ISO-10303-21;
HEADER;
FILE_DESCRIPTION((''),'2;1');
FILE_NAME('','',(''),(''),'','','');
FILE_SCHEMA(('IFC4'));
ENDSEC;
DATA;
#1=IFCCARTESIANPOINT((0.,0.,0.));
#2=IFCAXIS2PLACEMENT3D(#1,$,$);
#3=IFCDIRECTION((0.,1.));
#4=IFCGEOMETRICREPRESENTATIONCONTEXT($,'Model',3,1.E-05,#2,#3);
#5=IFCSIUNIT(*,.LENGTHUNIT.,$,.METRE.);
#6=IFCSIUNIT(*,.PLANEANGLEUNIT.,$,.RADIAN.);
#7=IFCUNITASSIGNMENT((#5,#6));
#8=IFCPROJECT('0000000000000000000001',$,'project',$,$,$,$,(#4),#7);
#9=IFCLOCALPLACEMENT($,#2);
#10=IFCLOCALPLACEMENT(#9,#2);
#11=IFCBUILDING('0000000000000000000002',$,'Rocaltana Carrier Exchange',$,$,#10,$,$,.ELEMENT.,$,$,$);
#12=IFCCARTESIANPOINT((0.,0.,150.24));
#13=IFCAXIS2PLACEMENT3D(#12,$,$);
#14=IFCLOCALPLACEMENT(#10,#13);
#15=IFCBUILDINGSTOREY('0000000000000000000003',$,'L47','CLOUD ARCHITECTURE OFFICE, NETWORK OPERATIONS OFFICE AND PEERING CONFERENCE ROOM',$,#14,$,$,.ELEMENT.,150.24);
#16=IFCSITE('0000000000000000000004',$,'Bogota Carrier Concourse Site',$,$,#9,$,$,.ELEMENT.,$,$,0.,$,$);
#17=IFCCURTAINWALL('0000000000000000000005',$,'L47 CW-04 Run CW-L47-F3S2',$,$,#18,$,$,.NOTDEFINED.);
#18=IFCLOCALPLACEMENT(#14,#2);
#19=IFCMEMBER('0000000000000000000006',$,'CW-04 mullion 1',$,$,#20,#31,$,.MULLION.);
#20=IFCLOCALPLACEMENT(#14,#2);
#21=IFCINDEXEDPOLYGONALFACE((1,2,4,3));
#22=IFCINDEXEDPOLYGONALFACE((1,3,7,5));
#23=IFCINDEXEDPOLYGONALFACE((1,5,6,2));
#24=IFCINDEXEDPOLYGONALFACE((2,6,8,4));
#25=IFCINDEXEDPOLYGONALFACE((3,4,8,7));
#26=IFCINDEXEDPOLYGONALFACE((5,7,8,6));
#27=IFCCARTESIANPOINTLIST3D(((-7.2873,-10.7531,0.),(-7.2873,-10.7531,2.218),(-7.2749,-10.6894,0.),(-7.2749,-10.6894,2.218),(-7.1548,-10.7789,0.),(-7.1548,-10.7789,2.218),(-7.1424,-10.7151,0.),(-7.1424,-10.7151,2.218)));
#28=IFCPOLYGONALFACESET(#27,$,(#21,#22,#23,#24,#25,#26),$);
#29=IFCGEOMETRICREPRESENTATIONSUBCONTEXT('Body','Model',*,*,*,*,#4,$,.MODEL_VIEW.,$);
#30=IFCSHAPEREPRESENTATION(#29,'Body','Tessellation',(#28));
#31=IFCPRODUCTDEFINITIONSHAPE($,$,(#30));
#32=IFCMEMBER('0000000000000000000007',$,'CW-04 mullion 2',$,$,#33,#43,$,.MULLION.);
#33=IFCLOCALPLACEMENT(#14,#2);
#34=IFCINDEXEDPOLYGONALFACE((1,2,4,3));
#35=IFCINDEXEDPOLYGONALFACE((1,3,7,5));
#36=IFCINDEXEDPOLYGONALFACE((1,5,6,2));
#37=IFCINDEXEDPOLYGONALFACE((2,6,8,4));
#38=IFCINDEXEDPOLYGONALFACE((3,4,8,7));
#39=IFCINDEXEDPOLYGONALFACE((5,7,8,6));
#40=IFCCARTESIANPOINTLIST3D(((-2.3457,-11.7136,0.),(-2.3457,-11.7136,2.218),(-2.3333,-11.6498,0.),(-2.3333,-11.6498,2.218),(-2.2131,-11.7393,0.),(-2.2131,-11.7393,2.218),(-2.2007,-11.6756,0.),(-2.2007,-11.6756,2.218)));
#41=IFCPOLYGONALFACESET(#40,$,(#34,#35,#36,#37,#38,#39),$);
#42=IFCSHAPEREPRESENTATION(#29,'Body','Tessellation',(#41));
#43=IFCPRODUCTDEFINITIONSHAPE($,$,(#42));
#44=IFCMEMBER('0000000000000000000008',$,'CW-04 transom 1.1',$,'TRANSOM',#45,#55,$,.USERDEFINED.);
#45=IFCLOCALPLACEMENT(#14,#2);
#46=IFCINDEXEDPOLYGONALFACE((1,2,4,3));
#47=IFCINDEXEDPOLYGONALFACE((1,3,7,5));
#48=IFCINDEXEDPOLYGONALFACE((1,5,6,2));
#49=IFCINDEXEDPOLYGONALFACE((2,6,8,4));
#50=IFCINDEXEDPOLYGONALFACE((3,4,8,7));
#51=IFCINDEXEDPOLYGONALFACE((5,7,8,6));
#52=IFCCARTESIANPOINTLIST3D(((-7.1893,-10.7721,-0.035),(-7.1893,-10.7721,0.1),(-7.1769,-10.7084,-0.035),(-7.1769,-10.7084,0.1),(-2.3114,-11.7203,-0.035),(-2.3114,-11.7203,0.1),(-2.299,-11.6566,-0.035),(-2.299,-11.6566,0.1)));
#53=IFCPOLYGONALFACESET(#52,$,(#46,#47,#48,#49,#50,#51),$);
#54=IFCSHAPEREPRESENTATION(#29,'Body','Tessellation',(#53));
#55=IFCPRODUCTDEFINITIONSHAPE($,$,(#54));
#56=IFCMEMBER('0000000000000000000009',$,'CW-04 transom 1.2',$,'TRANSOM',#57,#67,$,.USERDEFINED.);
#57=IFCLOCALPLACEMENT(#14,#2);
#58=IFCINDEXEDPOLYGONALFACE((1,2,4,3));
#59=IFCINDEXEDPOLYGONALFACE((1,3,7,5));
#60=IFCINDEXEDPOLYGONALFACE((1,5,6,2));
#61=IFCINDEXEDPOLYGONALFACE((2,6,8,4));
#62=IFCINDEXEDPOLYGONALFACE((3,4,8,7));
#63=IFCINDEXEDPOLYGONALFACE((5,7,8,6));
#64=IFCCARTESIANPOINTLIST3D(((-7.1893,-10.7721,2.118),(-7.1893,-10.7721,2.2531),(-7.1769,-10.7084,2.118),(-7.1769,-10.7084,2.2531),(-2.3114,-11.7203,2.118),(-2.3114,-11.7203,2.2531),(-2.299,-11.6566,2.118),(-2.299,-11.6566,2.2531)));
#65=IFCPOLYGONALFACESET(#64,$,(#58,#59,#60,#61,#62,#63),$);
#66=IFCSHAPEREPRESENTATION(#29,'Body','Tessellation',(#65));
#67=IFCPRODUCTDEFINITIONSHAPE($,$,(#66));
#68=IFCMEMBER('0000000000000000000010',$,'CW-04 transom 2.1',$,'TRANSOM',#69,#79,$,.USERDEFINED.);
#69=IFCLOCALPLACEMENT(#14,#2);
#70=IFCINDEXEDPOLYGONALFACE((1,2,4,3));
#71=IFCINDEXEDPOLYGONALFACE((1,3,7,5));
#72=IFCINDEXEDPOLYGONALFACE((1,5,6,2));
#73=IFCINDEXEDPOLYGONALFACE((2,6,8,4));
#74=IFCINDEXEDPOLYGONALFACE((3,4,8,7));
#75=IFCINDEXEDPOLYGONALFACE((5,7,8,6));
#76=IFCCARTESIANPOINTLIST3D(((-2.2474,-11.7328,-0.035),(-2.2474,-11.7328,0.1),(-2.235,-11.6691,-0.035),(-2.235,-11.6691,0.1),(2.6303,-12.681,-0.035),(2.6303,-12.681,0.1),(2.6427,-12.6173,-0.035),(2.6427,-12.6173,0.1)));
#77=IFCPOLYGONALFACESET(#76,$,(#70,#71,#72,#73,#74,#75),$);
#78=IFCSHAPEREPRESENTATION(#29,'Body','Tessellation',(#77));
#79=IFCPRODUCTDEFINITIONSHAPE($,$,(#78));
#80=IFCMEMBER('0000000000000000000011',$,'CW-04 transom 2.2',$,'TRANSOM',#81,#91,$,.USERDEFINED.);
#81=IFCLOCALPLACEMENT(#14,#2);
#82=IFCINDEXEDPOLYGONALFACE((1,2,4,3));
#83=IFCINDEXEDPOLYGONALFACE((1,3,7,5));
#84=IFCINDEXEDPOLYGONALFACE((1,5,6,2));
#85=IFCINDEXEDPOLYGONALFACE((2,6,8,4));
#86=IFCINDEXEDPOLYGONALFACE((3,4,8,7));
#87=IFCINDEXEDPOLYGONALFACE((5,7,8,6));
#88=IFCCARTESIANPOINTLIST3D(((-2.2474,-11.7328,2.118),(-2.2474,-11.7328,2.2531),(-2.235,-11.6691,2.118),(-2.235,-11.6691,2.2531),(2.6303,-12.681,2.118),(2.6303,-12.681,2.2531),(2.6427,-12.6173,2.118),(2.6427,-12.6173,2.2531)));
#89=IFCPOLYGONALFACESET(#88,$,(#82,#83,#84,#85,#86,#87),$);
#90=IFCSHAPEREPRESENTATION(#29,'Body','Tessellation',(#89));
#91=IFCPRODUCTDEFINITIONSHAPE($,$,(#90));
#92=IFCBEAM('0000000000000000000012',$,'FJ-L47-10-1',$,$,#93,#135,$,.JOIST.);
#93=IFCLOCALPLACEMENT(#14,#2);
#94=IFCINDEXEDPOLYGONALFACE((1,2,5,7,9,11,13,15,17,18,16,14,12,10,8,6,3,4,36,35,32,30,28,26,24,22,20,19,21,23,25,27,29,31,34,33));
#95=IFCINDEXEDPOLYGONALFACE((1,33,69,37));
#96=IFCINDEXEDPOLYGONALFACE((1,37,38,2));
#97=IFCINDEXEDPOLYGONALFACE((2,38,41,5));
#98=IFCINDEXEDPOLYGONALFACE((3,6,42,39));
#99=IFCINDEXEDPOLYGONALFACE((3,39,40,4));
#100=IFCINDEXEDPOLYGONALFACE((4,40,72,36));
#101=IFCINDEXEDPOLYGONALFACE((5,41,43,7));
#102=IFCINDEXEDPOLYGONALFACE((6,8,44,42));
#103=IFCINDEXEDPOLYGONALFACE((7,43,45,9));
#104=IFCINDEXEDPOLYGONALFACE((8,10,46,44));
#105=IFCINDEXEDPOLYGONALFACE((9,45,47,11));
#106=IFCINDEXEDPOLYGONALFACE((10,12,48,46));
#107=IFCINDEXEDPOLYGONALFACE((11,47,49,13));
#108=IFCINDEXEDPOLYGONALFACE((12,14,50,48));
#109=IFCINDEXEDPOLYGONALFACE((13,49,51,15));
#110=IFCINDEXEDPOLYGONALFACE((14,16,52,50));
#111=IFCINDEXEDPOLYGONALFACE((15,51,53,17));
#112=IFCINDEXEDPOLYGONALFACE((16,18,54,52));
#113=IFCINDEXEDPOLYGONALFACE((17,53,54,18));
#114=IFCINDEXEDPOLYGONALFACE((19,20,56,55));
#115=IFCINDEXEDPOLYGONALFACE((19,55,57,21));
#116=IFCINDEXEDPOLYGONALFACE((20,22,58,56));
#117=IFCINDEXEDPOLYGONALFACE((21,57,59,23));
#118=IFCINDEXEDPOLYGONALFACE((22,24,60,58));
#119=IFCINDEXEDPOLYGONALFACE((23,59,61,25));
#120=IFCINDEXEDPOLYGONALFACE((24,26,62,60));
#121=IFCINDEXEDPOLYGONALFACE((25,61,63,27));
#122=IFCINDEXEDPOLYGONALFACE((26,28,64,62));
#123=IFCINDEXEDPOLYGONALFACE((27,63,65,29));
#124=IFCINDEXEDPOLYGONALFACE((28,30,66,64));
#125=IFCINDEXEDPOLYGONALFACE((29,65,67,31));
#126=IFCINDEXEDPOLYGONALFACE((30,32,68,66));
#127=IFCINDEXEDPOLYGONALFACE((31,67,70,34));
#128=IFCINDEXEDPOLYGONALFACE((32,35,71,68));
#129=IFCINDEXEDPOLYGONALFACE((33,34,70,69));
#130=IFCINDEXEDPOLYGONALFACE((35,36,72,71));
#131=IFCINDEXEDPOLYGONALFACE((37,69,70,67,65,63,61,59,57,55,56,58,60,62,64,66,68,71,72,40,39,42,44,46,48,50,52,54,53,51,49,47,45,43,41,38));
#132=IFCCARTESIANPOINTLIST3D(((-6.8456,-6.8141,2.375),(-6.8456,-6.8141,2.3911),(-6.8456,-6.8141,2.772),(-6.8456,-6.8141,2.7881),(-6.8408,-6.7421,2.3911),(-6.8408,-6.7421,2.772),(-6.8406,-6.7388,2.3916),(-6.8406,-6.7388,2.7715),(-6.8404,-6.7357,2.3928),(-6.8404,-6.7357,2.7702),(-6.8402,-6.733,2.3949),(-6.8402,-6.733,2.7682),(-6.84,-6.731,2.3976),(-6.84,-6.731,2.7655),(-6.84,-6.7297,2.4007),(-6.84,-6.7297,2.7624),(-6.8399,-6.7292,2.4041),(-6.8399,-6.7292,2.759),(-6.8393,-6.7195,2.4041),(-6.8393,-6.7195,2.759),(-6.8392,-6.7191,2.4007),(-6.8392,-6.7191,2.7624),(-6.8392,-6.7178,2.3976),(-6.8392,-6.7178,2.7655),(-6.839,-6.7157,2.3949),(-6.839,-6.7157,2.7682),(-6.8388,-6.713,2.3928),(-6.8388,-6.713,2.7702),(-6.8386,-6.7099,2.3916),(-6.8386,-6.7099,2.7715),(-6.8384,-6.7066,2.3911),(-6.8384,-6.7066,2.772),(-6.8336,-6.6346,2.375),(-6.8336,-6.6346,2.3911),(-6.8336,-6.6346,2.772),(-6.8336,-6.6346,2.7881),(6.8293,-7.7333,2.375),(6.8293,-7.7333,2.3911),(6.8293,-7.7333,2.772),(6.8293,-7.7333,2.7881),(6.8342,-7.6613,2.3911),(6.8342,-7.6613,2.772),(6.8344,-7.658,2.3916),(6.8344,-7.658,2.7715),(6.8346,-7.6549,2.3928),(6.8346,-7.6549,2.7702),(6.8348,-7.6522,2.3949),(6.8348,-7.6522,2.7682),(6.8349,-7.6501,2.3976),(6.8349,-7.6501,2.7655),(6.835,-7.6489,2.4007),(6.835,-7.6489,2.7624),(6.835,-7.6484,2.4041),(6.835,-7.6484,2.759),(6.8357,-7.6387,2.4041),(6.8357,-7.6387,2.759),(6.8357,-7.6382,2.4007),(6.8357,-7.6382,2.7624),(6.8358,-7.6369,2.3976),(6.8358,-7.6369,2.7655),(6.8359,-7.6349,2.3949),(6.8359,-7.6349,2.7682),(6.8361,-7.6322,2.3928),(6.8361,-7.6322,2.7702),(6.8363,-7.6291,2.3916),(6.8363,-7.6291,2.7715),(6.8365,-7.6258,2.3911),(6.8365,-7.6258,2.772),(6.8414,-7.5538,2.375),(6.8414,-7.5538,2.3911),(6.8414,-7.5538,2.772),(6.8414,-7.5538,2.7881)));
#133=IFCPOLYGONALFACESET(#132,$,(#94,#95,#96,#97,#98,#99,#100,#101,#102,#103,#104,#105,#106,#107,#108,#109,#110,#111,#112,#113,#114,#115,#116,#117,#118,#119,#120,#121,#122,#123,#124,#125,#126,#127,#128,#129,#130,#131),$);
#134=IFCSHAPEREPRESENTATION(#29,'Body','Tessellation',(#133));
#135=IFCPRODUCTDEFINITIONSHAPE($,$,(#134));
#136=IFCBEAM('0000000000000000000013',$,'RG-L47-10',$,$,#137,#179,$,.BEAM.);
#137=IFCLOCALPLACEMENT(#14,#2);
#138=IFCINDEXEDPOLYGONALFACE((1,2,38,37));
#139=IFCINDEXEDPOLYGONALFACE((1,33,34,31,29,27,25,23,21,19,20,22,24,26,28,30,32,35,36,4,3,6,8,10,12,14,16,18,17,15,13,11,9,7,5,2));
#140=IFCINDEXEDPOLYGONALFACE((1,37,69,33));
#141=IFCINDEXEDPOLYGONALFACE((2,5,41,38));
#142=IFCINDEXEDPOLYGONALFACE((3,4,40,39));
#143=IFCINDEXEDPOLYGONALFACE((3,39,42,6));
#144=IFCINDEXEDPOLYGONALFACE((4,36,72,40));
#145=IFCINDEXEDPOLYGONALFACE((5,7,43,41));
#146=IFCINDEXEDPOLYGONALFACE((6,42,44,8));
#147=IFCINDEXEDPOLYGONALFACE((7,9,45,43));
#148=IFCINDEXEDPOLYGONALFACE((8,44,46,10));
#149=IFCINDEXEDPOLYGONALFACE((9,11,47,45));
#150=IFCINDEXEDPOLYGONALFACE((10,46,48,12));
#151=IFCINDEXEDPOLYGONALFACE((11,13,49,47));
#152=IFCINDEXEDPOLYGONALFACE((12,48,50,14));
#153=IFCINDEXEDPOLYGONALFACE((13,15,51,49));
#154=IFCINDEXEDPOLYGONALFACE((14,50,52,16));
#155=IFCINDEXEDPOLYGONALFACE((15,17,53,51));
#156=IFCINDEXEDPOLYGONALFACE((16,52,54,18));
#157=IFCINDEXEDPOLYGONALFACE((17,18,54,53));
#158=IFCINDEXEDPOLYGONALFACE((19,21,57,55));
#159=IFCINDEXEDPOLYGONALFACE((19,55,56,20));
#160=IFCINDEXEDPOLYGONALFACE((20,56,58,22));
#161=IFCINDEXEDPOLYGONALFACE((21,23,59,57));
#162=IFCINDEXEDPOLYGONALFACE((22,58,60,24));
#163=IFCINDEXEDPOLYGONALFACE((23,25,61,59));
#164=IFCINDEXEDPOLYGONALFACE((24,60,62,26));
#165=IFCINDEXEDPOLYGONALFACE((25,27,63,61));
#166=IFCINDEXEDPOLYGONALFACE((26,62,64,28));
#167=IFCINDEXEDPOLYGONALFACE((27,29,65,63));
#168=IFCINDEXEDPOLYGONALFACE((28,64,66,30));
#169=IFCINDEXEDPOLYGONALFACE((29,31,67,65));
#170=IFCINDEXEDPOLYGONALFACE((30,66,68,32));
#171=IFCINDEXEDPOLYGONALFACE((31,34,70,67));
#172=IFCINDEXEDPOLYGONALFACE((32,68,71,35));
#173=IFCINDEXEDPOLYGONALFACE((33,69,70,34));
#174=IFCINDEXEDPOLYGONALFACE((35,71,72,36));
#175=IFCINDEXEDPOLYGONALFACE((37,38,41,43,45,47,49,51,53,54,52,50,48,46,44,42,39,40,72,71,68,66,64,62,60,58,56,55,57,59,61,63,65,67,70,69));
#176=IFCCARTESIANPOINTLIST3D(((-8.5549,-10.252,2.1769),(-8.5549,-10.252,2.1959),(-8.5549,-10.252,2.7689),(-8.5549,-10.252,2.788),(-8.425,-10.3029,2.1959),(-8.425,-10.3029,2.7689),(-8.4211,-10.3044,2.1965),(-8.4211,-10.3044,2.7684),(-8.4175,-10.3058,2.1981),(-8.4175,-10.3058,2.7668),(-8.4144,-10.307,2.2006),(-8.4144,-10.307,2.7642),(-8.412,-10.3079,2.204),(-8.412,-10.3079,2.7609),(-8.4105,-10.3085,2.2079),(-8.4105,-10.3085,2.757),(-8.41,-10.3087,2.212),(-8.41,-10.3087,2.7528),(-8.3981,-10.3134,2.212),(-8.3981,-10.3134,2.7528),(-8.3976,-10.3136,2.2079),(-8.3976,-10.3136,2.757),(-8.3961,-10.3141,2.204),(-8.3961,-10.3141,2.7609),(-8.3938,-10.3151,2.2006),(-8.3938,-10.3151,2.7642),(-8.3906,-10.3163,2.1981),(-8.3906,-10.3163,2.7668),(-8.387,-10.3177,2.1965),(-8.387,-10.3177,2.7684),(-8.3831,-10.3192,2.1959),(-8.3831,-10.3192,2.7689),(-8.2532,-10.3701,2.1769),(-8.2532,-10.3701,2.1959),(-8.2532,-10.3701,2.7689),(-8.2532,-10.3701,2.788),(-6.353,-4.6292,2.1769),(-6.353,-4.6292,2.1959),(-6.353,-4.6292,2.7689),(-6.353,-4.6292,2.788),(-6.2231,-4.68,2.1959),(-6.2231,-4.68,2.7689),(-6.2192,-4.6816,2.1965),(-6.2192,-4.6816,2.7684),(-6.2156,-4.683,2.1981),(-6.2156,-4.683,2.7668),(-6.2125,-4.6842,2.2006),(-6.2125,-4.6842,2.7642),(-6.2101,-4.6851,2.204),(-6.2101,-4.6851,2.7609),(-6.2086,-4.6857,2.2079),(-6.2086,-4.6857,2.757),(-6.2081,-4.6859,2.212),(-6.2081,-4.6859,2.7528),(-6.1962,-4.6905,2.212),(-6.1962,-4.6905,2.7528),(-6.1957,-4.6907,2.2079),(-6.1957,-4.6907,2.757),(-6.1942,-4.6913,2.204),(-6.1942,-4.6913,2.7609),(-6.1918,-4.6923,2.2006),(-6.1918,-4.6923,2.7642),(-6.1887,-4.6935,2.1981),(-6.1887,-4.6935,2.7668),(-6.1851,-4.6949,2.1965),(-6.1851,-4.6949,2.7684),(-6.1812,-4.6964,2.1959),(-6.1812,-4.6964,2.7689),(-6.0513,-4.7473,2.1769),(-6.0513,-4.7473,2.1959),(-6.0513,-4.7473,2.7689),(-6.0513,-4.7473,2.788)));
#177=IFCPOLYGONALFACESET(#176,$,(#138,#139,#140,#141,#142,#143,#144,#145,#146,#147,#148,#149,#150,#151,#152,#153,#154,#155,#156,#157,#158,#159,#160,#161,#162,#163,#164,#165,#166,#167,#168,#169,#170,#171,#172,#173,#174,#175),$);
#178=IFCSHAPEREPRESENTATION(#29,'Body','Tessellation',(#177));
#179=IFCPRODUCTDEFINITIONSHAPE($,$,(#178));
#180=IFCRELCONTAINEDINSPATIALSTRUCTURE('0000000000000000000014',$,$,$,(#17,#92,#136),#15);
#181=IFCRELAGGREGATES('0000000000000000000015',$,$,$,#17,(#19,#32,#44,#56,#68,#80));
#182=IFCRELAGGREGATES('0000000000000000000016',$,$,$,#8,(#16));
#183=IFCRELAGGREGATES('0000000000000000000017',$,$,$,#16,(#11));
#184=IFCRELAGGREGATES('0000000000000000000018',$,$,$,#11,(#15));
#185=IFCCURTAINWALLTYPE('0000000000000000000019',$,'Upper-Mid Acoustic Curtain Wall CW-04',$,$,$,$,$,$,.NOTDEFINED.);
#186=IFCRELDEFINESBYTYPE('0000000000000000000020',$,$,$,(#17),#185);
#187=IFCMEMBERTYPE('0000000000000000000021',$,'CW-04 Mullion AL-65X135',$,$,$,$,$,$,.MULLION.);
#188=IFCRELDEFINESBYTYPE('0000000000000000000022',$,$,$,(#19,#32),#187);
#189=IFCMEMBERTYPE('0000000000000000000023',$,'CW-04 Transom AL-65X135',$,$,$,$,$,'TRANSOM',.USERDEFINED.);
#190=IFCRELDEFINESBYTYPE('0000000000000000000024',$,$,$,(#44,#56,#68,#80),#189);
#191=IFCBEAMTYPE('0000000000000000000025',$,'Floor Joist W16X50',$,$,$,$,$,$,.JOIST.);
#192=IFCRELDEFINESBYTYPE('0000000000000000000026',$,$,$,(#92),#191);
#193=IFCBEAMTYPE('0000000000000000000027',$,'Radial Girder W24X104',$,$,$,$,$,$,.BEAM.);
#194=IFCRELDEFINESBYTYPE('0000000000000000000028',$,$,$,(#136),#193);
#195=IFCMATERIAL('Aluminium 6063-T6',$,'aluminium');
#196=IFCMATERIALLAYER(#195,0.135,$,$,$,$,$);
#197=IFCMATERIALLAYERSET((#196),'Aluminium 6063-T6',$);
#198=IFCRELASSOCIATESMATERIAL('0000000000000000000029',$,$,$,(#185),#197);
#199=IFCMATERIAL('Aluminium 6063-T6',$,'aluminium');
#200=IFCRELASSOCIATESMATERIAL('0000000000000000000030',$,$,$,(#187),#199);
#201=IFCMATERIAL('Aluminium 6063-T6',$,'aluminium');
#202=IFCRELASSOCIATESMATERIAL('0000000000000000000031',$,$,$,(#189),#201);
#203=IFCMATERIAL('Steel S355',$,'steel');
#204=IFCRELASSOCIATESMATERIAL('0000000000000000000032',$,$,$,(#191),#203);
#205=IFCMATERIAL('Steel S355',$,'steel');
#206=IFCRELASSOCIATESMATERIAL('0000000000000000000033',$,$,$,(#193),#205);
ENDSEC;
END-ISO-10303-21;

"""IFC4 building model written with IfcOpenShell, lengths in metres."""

from ifc_helpers import new_model, si_unit, direction, frame, origin, origin_2d, place, context, subcontext, project, spatial, rectangle, i_section, extrude, material, layer, layer_set, material_profile, profile_set, type_object, element, aggregate, save


model = new_model("IFC4")

# Units and contexts
model_context = context("Model", 3, precision=1e-05, world=origin(), true_north=direction((0.0, 1.0)))
body_context = subcontext(model_context, "Body", "Model", "MODEL_VIEW")
ifc_project = project(units=[si_unit("LENGTHUNIT", "METRE"), si_unit("PLANEANGLEUNIT", "RADIAN")], contexts=[model_context])

# Site, building, storey
site_placement = place(None, origin())
site = spatial("IfcSite", under=ifc_project, at=site_placement, Name="Bogota Carrier Concourse Site", CompositionType="ELEMENT", RefElevation=0.0)
building_placement = place(site_placement, origin())
building = spatial("IfcBuilding", under=site, at=building_placement, Name="Rocaltana Carrier Exchange", CompositionType="ELEMENT")
storey_placement = place(building_placement, frame((0.0, 0.0, 150.24)))
storey = spatial("IfcBuildingStorey", under=building, at=storey_placement, Name="L47", Description="CLOUD ARCHITECTURE OFFICE, NETWORK OPERATIONS OFFICE AND PEERING CONFERENCE ROOM", CompositionType="ELEMENT", Elevation=150.24)

# Curtain wall, members
ifc_material_1 = material(Name="Aluminium 6063-T6", Category="aluminium")
ifc_layer_1 = layer(ifc_material_1, 0.135)
ifc_layer_set_1 = layer_set([ifc_layer_1], Name="Aluminium 6063-T6")
curtain_wall_type = type_object("IfcCurtainWallType", Name="Upper-Mid Acoustic Curtain Wall CW-04", PredefinedType="NOTDEFINED", material=ifc_layer_set_1)
curtain_wall_placement = place(storey_placement, origin())
curtain_wall = element("IfcCurtainWall", 1, at=curtain_wall_placement, inside=storey, type_object=curtain_wall_type, Name="L47 CW-04 Run CW-L47-F3S2", PredefinedType="NOTDEFINED")
ifc_material_2 = material(Name="Aluminium 6063-T6", Category="aluminium")
ifc_material_profile_1 = material_profile(ifc_material_2, rectangle(XDim=0.0649, YDim=0.135, at=origin_2d()), Name="AL-65X135")
ifc_profile_set_1 = profile_set([ifc_material_profile_1], Name="Aluminium 6063-T6")
member_type_1 = type_object("IfcMemberType", Name="CW-04 Mullion AL-65X135", PredefinedType="MULLION", material=ifc_profile_set_1)
member_1_placement = place(storey_placement, frame((-7.2148, -10.7341, 0.0), z_axis=(0.0, 0.0, 1.0), x_axis=(0.190815, 0.981626, 0.0)))
member_1 = element("IfcMember", 2, at=member_1_placement, type_object=member_type_1, Name="CW-04 mullion 1", PredefinedType="MULLION", context=body_context, shape_type="SweptSolid", body=[
    extrude(rectangle(XDim=0.0649, YDim=0.135, at=origin_2d()), origin(), (0.0, 0.0, 1.0), 2.218),
])
member_2_placement = place(storey_placement, frame((-2.2732, -11.6946, 0.0), z_axis=(0.0, 0.0, 1.0), x_axis=(0.190815, 0.981626, 0.0)))
member_2 = element("IfcMember", 3, at=member_2_placement, type_object=member_type_1, Name="CW-04 mullion 2", PredefinedType="MULLION", context=body_context, shape_type="SweptSolid", body=[
    extrude(rectangle(XDim=0.0649, YDim=0.135, at=origin_2d()), origin(), (0.0, 0.0, 1.0), 2.218),
])
ifc_material_3 = material(Name="Aluminium 6063-T6", Category="aluminium")
ifc_material_profile_2 = material_profile(ifc_material_3, rectangle(XDim=0.0649, YDim=0.135, at=origin_2d()), Name="AL-65X135")
ifc_profile_set_2 = profile_set([ifc_material_profile_2], Name="Aluminium 6063-T6")
member_type_2 = type_object("IfcMemberType", Name="CW-04 Transom AL-65X135", ElementType="TRANSOM", PredefinedType="USERDEFINED", material=ifc_profile_set_2)
member_3_placement = place(storey_placement, frame((-7.1831, -10.7402, 0.0325), z_axis=(0.981625, -0.190822, 0.0), x_axis=(0.190822, 0.981625, 0.0)))
member_3 = element("IfcMember", 4, at=member_3_placement, type_object=member_type_2, Name="CW-04 transom 1.1", ObjectType="TRANSOM", PredefinedType="USERDEFINED", context=body_context, shape_type="SweptSolid", body=[
    extrude(rectangle(XDim=0.0649, YDim=0.135, at=origin_2d()), origin(), (0.0, 0.0, 1.0), 4.9692),
])
member_4_placement = place(storey_placement, frame((-7.1831, -10.7402, 2.1855), z_axis=(0.981625, -0.190822, 0.0), x_axis=(0.190822, 0.981625, 0.0)))
member_4 = element("IfcMember", 5, at=member_4_placement, type_object=member_type_2, Name="CW-04 transom 1.2", ObjectType="TRANSOM", PredefinedType="USERDEFINED", context=body_context, shape_type="SweptSolid", body=[
    extrude(rectangle(XDim=0.0649, YDim=0.135, at=origin_2d()), origin(), (0.0, 0.0, 1.0), 4.9692),
])
member_5_placement = place(storey_placement, frame((-2.2412, -11.7009, 0.0325), z_axis=(0.981623, -0.190832, 0.0), x_axis=(0.190832, 0.981623, 0.0)))
member_5 = element("IfcMember", 6, at=member_5_placement, type_object=member_type_2, Name="CW-04 transom 2.1", ObjectType="TRANSOM", PredefinedType="USERDEFINED", context=body_context, shape_type="SweptSolid", body=[
    extrude(rectangle(XDim=0.0649, YDim=0.135, at=origin_2d()), origin(), (0.0, 0.0, 1.0), 4.969),
])
member_6_placement = place(storey_placement, frame((-2.2412, -11.7009, 2.1855), z_axis=(0.981623, -0.190832, 0.0), x_axis=(0.190832, 0.981623, 0.0)))
member_6 = element("IfcMember", 7, at=member_6_placement, type_object=member_type_2, Name="CW-04 transom 2.2", ObjectType="TRANSOM", PredefinedType="USERDEFINED", context=body_context, shape_type="SweptSolid", body=[
    extrude(rectangle(XDim=0.0649, YDim=0.135, at=origin_2d()), origin(), (0.0, 0.0, 1.0), 4.969),
])

# Beams
ifc_material_4 = material(Name="Steel S355", Category="steel")
ifc_material_profile_3 = material_profile(ifc_material_4, i_section(OverallWidth=0.1799, OverallDepth=0.4131, WebThickness=0.0098, FlangeThickness=0.0161, FilletRadius=0.0129, at=origin_2d()), Name="W16X50")
ifc_profile_set_3 = profile_set([ifc_material_profile_3], Name="Steel S355")
beam_type_1 = type_object("IfcBeamType", Name="Floor Joist W16X50", PredefinedType="JOIST", material=ifc_profile_set_3)
beam_1_placement = place(storey_placement, frame((-6.8396, -6.7244, 2.5815), z_axis=(0.997749, -0.067065, 0.0), x_axis=(0.067065, 0.997749, 0.0)))
element("IfcBeam", 8, at=beam_1_placement, inside=storey, type_object=beam_type_1, Name="FJ-L47-10-1", PredefinedType="JOIST", context=body_context, shape_type="SweptSolid", body=[
    extrude(i_section(OverallWidth=0.1799, OverallDepth=0.4131, WebThickness=0.0098, FlangeThickness=0.0161, FilletRadius=0.0129, at=origin_2d()), origin(), (0.0, 0.0, 1.0), 13.7058),
])
ifc_material_5 = material(Name="Steel S355", Category="steel")
ifc_material_profile_4 = material_profile(ifc_material_5, i_section(OverallWidth=0.324, OverallDepth=0.6111, WebThickness=0.0127, FlangeThickness=0.019, FilletRadius=0.0161, at=origin_2d()), Name="W24X104")
ifc_profile_set_4 = profile_set([ifc_material_profile_4], Name="Steel S355")
beam_type_2 = type_object("IfcBeamType", Name="Radial Girder W24X104", PredefinedType="BEAM", material=ifc_profile_set_4)
beam_2_placement = place(storey_placement, frame((-6.2021, -4.6882, 2.4824), z_axis=(-0.36464, -0.931148, 0.0), x_axis=(0.931148, -0.36464, 0.0)))
element("IfcBeam", 9, at=beam_2_placement, inside=storey, type_object=beam_type_2, Name="RG-L47-10", PredefinedType="BEAM", context=body_context, shape_type="SweptSolid", body=[
    extrude(i_section(OverallWidth=0.324, OverallDepth=0.6111, WebThickness=0.0127, FlangeThickness=0.019, FilletRadius=0.0161, at=origin_2d()), origin(), (0.0, 0.0, 1.0), 6.0386),
])

aggregate(curtain_wall, [member_1, member_2, member_3, member_4, member_5, member_6])

save(model, "model.ifc")
